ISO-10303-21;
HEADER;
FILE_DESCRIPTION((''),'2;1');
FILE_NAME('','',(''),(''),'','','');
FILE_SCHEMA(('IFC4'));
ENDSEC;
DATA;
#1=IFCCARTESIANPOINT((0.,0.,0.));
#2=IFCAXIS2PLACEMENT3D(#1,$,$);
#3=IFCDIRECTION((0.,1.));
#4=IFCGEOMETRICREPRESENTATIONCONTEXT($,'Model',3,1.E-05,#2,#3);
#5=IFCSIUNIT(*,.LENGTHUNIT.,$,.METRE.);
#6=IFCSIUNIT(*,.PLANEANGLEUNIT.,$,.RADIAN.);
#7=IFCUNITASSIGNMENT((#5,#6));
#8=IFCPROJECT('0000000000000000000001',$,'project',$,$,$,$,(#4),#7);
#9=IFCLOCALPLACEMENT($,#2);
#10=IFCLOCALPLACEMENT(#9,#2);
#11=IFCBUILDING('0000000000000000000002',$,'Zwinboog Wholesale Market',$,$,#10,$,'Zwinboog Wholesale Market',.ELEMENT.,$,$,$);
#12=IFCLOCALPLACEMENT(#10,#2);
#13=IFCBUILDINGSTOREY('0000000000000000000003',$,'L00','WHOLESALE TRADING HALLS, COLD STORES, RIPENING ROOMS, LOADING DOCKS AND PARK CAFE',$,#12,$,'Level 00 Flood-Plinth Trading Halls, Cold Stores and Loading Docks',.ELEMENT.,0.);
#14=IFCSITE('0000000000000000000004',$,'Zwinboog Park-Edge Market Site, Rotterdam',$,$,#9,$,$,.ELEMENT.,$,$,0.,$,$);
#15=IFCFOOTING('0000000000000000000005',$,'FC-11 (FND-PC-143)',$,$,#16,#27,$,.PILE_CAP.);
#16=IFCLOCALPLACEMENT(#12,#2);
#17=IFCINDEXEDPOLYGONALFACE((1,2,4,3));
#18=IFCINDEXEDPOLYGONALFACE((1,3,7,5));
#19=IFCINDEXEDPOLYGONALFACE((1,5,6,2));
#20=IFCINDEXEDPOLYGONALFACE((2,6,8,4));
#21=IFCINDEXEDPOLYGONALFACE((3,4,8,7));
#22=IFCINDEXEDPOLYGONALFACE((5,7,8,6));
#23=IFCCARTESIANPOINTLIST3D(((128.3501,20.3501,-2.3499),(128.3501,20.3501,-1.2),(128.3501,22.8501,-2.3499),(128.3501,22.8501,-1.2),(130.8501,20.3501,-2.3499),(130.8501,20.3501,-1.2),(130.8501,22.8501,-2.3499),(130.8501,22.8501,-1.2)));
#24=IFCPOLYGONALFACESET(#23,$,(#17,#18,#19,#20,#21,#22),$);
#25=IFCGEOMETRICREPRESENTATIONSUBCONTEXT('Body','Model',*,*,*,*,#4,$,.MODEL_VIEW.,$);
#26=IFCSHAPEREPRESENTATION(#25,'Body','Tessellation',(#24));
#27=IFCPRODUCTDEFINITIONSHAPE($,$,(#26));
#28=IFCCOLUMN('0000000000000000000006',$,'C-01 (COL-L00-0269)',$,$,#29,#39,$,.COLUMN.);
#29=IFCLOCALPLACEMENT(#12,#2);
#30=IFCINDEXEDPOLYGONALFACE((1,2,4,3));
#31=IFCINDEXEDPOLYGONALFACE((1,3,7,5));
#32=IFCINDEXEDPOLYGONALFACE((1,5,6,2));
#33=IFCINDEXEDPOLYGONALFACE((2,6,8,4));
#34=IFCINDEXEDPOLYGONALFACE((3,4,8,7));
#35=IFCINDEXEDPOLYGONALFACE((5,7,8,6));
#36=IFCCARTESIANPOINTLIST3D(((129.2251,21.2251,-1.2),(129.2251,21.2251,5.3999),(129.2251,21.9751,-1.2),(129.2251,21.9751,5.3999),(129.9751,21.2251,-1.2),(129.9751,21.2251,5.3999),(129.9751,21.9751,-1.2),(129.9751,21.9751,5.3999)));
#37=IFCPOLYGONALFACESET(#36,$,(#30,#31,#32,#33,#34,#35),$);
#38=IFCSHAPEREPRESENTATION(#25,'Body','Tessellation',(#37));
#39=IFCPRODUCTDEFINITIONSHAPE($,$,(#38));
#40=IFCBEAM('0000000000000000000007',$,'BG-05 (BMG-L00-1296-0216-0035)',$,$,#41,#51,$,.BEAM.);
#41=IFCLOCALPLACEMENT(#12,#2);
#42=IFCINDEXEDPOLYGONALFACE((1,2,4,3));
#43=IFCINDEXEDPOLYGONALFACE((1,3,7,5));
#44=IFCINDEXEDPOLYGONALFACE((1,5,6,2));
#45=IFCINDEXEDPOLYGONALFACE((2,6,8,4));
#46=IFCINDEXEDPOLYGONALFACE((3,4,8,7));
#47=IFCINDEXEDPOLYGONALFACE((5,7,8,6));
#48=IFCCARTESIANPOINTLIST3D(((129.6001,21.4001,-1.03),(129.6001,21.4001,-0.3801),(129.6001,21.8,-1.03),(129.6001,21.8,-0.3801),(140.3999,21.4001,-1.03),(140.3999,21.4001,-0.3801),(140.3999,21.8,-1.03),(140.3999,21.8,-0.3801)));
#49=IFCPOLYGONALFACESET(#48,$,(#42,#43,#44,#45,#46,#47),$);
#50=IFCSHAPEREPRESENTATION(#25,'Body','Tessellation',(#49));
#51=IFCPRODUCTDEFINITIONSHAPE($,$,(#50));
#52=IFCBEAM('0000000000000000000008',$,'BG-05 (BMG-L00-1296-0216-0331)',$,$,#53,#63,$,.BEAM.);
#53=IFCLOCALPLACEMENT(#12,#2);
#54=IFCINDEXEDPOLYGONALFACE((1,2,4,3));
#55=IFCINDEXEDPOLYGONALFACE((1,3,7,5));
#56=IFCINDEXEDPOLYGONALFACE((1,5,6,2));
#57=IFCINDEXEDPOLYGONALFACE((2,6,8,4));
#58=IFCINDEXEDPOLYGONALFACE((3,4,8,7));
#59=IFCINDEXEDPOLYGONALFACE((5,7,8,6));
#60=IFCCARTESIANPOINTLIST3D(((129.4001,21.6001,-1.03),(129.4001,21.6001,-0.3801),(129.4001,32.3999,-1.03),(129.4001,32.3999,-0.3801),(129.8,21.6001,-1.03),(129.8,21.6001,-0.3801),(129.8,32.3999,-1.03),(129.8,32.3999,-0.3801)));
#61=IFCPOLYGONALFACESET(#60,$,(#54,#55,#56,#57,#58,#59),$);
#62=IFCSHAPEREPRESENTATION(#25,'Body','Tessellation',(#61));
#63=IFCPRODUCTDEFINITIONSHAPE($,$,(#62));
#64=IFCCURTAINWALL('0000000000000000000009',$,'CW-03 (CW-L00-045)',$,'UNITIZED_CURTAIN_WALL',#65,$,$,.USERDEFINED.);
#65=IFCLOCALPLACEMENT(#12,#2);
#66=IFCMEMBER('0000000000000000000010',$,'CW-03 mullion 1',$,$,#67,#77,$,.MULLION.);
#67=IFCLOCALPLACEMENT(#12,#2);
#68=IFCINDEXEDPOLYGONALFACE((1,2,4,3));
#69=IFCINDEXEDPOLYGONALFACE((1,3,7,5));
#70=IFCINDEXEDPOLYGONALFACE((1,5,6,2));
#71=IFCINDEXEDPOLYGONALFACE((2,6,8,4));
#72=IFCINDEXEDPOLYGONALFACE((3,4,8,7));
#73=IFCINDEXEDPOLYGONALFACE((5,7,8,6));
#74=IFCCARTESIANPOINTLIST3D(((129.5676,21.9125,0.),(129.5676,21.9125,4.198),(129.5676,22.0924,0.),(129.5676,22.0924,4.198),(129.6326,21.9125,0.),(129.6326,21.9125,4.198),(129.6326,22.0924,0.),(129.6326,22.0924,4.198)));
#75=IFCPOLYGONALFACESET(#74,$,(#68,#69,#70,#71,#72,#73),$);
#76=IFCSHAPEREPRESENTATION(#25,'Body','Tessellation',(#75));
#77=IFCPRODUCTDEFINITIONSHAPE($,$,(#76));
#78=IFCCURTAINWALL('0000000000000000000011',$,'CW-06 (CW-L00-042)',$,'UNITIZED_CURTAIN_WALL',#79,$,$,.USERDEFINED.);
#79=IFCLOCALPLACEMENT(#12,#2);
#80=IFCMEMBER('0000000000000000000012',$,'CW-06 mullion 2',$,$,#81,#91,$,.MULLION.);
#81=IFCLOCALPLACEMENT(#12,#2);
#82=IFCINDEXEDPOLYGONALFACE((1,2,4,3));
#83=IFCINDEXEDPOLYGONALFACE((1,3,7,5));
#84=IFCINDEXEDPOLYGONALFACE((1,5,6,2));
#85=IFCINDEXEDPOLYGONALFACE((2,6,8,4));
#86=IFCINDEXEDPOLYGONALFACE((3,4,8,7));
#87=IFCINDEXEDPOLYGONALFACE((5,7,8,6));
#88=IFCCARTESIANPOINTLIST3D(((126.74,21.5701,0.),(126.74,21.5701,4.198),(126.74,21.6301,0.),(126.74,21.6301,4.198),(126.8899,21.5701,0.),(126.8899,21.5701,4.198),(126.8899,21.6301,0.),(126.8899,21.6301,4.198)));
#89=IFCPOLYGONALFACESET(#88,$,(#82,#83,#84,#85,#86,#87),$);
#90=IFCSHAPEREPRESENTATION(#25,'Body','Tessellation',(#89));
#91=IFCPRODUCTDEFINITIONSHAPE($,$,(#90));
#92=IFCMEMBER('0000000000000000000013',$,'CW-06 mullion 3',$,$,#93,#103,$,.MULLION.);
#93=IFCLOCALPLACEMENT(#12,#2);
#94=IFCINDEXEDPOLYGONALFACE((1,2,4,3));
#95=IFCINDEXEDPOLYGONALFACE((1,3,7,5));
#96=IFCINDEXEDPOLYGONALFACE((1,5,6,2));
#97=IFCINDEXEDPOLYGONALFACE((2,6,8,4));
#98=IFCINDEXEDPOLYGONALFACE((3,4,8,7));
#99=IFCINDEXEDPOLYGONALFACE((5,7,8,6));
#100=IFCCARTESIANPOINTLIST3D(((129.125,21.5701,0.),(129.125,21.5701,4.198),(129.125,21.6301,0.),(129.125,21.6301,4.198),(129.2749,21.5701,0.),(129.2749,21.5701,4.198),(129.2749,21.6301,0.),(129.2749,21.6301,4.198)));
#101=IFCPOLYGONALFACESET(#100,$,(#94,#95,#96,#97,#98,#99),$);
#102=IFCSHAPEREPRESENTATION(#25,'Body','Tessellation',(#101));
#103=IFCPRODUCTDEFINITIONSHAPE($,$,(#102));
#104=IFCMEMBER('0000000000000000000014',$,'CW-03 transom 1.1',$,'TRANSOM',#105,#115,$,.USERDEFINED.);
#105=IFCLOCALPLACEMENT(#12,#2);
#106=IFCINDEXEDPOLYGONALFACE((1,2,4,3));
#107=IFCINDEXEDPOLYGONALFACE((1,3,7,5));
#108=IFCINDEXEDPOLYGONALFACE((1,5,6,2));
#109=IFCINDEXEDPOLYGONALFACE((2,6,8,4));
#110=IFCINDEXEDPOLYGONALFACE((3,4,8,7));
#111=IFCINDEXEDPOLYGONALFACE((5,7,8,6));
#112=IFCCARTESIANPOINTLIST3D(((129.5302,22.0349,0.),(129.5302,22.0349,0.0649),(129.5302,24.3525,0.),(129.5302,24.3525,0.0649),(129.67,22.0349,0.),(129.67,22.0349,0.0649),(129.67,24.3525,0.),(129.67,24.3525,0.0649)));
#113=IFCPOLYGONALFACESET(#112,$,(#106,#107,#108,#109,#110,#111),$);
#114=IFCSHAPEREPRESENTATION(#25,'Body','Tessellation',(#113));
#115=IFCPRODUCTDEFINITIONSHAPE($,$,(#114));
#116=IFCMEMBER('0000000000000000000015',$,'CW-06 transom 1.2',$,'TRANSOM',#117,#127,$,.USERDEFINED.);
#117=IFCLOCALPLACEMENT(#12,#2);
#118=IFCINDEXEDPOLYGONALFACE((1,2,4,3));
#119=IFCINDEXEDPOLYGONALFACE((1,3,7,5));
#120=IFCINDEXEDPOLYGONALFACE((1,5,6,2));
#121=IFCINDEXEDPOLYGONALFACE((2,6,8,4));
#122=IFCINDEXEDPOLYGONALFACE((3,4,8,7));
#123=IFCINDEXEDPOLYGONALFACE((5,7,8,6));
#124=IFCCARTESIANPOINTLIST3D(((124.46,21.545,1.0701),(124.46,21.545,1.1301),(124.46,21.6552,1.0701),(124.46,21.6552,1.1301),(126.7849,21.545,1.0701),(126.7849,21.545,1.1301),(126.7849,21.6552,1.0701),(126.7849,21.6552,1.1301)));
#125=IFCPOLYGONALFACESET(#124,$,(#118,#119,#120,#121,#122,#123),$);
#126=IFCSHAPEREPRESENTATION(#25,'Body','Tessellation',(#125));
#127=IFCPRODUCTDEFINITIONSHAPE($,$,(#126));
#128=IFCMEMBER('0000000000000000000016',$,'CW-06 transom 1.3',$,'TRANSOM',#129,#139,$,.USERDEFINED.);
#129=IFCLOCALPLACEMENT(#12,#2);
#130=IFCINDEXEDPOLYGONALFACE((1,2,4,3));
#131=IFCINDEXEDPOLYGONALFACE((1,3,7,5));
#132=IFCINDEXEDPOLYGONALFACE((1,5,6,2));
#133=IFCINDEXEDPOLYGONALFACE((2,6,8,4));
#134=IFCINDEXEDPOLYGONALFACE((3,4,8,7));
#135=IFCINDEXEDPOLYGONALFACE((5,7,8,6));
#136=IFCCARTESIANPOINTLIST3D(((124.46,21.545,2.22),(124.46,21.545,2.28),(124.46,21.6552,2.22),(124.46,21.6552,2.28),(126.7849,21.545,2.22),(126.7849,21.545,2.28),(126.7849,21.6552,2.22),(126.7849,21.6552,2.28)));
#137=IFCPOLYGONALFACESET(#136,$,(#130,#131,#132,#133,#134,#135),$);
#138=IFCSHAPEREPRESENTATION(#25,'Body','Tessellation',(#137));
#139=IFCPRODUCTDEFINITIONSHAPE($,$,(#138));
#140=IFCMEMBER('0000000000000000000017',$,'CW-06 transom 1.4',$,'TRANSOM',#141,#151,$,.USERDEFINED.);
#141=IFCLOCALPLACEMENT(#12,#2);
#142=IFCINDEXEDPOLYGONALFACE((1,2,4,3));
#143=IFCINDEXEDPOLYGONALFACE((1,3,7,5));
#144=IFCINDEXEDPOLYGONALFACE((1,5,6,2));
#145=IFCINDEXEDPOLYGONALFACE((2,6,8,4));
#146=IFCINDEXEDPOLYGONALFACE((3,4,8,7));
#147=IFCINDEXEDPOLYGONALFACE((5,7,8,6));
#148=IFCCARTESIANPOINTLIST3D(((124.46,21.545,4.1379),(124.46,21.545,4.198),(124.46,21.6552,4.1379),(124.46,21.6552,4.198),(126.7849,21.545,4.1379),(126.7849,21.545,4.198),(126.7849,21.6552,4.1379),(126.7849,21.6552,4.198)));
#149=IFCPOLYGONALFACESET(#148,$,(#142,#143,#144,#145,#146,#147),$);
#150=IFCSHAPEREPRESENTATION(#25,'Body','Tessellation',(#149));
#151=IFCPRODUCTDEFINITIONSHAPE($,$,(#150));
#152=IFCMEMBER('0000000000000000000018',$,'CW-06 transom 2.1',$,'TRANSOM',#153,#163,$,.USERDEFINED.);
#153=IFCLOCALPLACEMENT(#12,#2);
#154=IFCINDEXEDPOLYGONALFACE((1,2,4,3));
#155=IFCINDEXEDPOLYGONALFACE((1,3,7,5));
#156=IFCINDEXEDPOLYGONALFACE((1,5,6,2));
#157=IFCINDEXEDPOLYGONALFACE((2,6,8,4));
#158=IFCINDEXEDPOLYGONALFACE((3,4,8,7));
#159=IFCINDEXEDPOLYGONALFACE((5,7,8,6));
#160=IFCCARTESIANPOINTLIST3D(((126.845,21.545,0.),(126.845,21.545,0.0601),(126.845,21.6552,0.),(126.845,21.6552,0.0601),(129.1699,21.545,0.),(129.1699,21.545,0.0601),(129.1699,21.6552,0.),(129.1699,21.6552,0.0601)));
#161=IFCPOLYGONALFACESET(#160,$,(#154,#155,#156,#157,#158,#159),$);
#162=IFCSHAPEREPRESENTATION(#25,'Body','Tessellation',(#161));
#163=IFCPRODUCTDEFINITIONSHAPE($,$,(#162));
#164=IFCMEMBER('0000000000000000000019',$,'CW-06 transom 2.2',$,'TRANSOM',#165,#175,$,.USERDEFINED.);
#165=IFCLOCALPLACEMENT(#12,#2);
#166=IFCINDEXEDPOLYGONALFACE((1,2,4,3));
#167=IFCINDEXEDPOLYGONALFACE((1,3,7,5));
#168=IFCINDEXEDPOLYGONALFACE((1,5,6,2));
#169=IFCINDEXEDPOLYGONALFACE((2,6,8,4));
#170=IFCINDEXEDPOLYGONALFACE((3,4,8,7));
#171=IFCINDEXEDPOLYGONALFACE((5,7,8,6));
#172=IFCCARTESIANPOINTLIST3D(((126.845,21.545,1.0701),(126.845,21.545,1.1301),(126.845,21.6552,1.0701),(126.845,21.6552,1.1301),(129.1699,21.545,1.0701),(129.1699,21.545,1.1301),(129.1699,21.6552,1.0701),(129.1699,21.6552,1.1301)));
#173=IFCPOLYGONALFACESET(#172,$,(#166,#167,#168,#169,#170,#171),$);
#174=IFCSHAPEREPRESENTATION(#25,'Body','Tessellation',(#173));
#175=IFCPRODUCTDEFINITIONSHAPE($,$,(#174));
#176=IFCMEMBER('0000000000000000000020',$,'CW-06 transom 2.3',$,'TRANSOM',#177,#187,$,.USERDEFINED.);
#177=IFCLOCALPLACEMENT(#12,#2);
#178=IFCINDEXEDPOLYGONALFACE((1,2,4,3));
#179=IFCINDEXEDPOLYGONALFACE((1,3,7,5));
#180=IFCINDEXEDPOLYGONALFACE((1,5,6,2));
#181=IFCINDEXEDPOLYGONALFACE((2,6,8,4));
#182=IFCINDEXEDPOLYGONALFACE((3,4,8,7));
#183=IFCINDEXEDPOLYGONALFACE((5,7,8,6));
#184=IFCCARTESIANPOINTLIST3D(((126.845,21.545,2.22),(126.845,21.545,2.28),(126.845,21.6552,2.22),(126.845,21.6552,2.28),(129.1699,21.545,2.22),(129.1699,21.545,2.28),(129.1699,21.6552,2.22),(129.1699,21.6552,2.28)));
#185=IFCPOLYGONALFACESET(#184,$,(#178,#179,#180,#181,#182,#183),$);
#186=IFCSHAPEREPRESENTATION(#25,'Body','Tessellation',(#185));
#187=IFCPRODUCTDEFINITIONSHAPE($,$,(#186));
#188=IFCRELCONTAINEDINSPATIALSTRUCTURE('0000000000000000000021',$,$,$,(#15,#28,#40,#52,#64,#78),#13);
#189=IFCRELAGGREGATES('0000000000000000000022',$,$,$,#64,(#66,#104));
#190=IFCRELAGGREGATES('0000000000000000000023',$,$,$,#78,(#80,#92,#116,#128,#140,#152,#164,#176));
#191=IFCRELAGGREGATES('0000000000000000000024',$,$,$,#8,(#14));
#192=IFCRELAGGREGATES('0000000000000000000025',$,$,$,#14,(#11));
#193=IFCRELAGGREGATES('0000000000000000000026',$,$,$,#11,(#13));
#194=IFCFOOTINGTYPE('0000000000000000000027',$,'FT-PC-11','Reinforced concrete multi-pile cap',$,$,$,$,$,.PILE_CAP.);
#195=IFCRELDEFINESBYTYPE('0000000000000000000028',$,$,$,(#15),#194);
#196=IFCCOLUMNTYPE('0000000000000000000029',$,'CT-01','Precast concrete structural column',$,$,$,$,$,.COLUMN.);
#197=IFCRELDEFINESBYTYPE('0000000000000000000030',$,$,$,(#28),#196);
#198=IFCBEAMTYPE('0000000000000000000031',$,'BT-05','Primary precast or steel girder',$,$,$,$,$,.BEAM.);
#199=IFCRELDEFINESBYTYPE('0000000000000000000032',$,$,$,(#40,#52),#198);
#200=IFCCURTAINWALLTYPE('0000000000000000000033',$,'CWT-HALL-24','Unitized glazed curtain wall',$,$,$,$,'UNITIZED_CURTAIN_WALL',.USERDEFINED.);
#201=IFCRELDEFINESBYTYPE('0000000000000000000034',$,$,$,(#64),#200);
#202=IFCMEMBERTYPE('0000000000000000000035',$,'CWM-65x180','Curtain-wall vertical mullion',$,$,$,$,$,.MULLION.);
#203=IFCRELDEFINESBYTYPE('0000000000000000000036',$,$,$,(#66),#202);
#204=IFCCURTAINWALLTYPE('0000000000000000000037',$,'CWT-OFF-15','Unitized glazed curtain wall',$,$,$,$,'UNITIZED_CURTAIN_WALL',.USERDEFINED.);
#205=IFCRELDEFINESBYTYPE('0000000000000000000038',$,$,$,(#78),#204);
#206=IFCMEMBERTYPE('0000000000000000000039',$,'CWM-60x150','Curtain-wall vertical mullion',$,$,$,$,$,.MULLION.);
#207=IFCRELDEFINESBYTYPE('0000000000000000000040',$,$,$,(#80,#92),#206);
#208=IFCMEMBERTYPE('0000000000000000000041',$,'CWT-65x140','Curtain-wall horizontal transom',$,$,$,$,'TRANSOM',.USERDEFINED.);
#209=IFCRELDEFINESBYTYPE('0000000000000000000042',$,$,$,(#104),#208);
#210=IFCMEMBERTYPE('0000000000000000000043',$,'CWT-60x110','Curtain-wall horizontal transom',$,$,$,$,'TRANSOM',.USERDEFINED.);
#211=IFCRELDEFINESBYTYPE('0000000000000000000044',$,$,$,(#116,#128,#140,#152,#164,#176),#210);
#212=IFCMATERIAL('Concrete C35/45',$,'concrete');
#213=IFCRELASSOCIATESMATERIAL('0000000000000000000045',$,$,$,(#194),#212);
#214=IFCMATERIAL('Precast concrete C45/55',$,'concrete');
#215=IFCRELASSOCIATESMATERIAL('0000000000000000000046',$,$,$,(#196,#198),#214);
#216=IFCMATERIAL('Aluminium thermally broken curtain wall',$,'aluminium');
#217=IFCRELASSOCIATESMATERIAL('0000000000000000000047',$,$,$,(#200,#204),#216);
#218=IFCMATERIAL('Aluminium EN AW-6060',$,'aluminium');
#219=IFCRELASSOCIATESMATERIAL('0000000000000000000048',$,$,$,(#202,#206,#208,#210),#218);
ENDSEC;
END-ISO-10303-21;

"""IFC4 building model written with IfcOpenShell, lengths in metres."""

from ifc_helpers import new_model, si_unit, direction, frame, origin, origin_2d, place, context, subcontext, project, spatial, rectangle, extrude, material, material_profile, profile_set, type_object, element, aggregate, save


model = new_model("IFC4")

# Units and contexts
model_context = context("Model", 3, precision=1e-05, world=origin(), true_north=direction((0.0, 1.0)))
body_context = subcontext(model_context, "Body", "Model", "MODEL_VIEW")
ifc_project = project(units=[si_unit("LENGTHUNIT", "METRE"), si_unit("PLANEANGLEUNIT", "RADIAN")], contexts=[model_context])

# Site, building, storey
site_placement = place(None, origin())
site = spatial("IfcSite", under=ifc_project, at=site_placement, Name="Zwinboog Park-Edge Market Site, Rotterdam", CompositionType="ELEMENT", RefElevation=0.0)
building_placement = place(site_placement, origin())
building = spatial("IfcBuilding", under=site, at=building_placement, Name="Zwinboog Wholesale Market", LongName="Zwinboog Wholesale Market", CompositionType="ELEMENT")
storey_placement = place(building_placement, origin())
storey = spatial("IfcBuildingStorey", under=building, at=storey_placement, Name="L00", Description="WHOLESALE TRADING HALLS, COLD STORES, RIPENING ROOMS, LOADING DOCKS AND PARK CAFE", LongName="Level 00 Flood-Plinth Trading Halls, Cold Stores and Loading Docks", CompositionType="ELEMENT", Elevation=0.0)

# Footing
ifc_material_1 = material(Name="Concrete C35/45", Category="concrete")
footing_type = type_object("IfcFootingType", Name="FT-PC-11", Description="Reinforced concrete multi-pile cap", PredefinedType="PILE_CAP", material=ifc_material_1)
footing_placement = place(storey_placement, frame((129.6001, 21.6001, -2.3499), z_axis=(0.0, 0.0, 1.0), x_axis=(1.0, 0.0, 0.0)))
element("IfcFooting", 1, at=footing_placement, inside=storey, type_object=footing_type, Name="FC-11 (FND-PC-143)", PredefinedType="PILE_CAP", context=body_context, shape_type="SweptSolid", body=[
    extrude(rectangle(XDim=2.5, YDim=2.5, at=origin_2d()), origin(), (0.0, 0.0, 1.0), 1.1499),
])

# Column
ifc_material_2 = material(Name="Precast concrete C45/55", Category="concrete")
ifc_material_profile_1 = material_profile(ifc_material_2, rectangle(XDim=0.75, YDim=0.75, at=origin_2d()), Name="PC 750x750")
ifc_profile_set_1 = profile_set([ifc_material_profile_1], Name="Precast concrete C45/55")
column_type = type_object("IfcColumnType", Name="CT-01", Description="Precast concrete structural column", PredefinedType="COLUMN", material=ifc_profile_set_1)
column_placement = place(storey_placement, frame((129.6001, 21.6001, -1.2), z_axis=(0.0, 0.0, 1.0), x_axis=(1.0, 0.0, 0.0)))
element("IfcColumn", 2, at=column_placement, inside=storey, type_object=column_type, Name="C-01 (COL-L00-0269)", PredefinedType="COLUMN", context=body_context, shape_type="SweptSolid", body=[
    extrude(rectangle(XDim=0.75, YDim=0.75, at=origin_2d()), origin(), (0.0, 0.0, 1.0), 6.5999),
])

# Beams
ifc_material_profile_2 = material_profile(ifc_material_2, rectangle(XDim=0.3999, YDim=0.6499, at=origin_2d()), Name="PC 400x650")
ifc_profile_set_2 = profile_set([ifc_material_profile_2], Name="Precast concrete C45/55")
beam_type = type_object("IfcBeamType", Name="BT-05", Description="Primary precast or steel girder", PredefinedType="BEAM", material=ifc_profile_set_2)
for number, where, z_axis, x_axis, name in (
    (3, (129.6001, 21.6001, -0.7051), (1.0, 0.0, 0.0), (0.0, 1.0, 0.0), "BG-05 (BMG-L00-1296-0216-0035)"),
    (4, (129.6001, 21.6001, -0.7051), (0.0, 1.0, 0.0), (-1.0, 0.0, 0.0), "BG-05 (BMG-L00-1296-0216-0331)"),
):
    element("IfcBeam", number, at=place(storey_placement, frame(where, z_axis=z_axis, x_axis=x_axis)), inside=storey, type_object=beam_type, Name=name, PredefinedType="BEAM", context=body_context, shape_type="SweptSolid", body=[
        extrude(rectangle(XDim=0.3999, YDim=0.6499, at=origin_2d()), origin(), (0.0, 0.0, 1.0), 10.7998),
    ])

# Curtain wall, member
ifc_material_3 = material(Name="Aluminium thermally broken curtain wall", Category="aluminium")
curtain_wall_type_1 = type_object("IfcCurtainWallType", Name="CWT-HALL-24", Description="Unitized glazed curtain wall", ElementType="UNITIZED_CURTAIN_WALL", PredefinedType="USERDEFINED", material=ifc_material_3)
curtain_wall_1_placement = place(storey_placement, origin())
curtain_wall_1 = element("IfcCurtainWall", 5, at=curtain_wall_1_placement, inside=storey, type_object=curtain_wall_type_1, Name="CW-03 (CW-L00-045)", ObjectType="UNITIZED_CURTAIN_WALL", PredefinedType="USERDEFINED")
ifc_material_4 = material(Name="Aluminium EN AW-6060", Category="aluminium")
ifc_material_profile_3 = material_profile(ifc_material_4, rectangle(XDim=0.0649, YDim=0.1799, at=origin_2d()), Name="AL 65x180")
ifc_profile_set_3 = profile_set([ifc_material_profile_3], Name="Aluminium EN AW-6060")
member_type_1 = type_object("IfcMemberType", Name="CWM-65x180", Description="Curtain-wall vertical mullion", PredefinedType="MULLION", material=ifc_profile_set_3)
member_1_placement = place(storey_placement, frame((129.6001, 22.0024, 0.0), z_axis=(0.0, 0.0, 1.0), x_axis=(-1.0, 0.0, 0.0)))
member_1 = element("IfcMember", 6, at=member_1_placement, type_object=member_type_1, Name="CW-03 mullion 1", PredefinedType="MULLION", context=body_context, shape_type="SweptSolid", body=[
    extrude(rectangle(XDim=0.0649, YDim=0.1799, at=origin_2d()), origin(), (0.0, 0.0, 1.0), 4.198),
])

# Curtain wall, members
curtain_wall_type_2 = type_object("IfcCurtainWallType", Name="CWT-OFF-15", Description="Unitized glazed curtain wall", ElementType="UNITIZED_CURTAIN_WALL", PredefinedType="USERDEFINED", material=ifc_material_3)
curtain_wall_2_placement = place(storey_placement, origin())
curtain_wall_2 = element("IfcCurtainWall", 7, at=curtain_wall_2_placement, inside=storey, type_object=curtain_wall_type_2, Name="CW-06 (CW-L00-042)", ObjectType="UNITIZED_CURTAIN_WALL", PredefinedType="USERDEFINED")
ifc_material_profile_4 = material_profile(ifc_material_4, rectangle(XDim=0.0601, YDim=0.1499, at=origin_2d()), Name="AL 60x150")
ifc_profile_set_4 = profile_set([ifc_material_profile_4], Name="Aluminium EN AW-6060")
member_type_2 = type_object("IfcMemberType", Name="CWM-60x150", Description="Curtain-wall vertical mullion", PredefinedType="MULLION", material=ifc_profile_set_4)
member_2_placement = place(storey_placement, frame((126.8149, 21.6001, 0.0), z_axis=(0.0, 0.0, 1.0), x_axis=(0.0, 1.0, 0.0)))
member_2 = element("IfcMember", 8, at=member_2_placement, type_object=member_type_2, Name="CW-06 mullion 2", PredefinedType="MULLION", context=body_context, shape_type="SweptSolid", body=[
    extrude(rectangle(XDim=0.0601, YDim=0.1499, at=origin_2d()), origin(), (0.0, 0.0, 1.0), 4.198),
])
member_3_placement = place(storey_placement, frame((129.2, 21.6001, 0.0), z_axis=(0.0, 0.0, 1.0), x_axis=(0.0, 1.0, 0.0)))
member_3 = element("IfcMember", 9, at=member_3_placement, type_object=member_type_2, Name="CW-06 mullion 3", PredefinedType="MULLION", context=body_context, shape_type="SweptSolid", body=[
    extrude(rectangle(XDim=0.0601, YDim=0.1499, at=origin_2d()), origin(), (0.0, 0.0, 1.0), 4.198),
])

# Members
ifc_material_profile_5 = material_profile(ifc_material_4, rectangle(XDim=0.1399, YDim=0.0649, at=origin_2d()), Name="AL 65x140")
ifc_profile_set_5 = profile_set([ifc_material_profile_5], Name="Aluminium EN AW-6060")
member_type_3 = type_object("IfcMemberType", Name="CWT-65x140", Description="Curtain-wall horizontal transom", ElementType="TRANSOM", PredefinedType="USERDEFINED", material=ifc_profile_set_5)
member_4_placement = place(storey_placement, frame((129.6001, 22.0349, 0.0325), z_axis=(0.0, 1.0, 0.0), x_axis=(-1.0, 0.0, 0.0)))
member_4 = element("IfcMember", 10, at=member_4_placement, type_object=member_type_3, Name="CW-03 transom 1.1", ObjectType="TRANSOM", PredefinedType="USERDEFINED", context=body_context, shape_type="SweptSolid", body=[
    extrude(rectangle(XDim=0.1399, YDim=0.0649, at=origin_2d()), origin(), (0.0, 0.0, 1.0), 2.3176),
])
aggregate(curtain_wall_1, [member_1, member_4])
ifc_material_profile_6 = material_profile(ifc_material_4, rectangle(XDim=0.1101, YDim=0.0601, at=origin_2d()), Name="AL 60x110")
ifc_profile_set_6 = profile_set([ifc_material_profile_6], Name="Aluminium EN AW-6060")
member_type_4 = type_object("IfcMemberType", Name="CWT-60x110", Description="Curtain-wall horizontal transom", ElementType="TRANSOM", PredefinedType="USERDEFINED", material=ifc_profile_set_6)
member_5_placement = place(storey_placement, frame((124.46, 21.6001, 1.1001), z_axis=(1.0, 0.0, 0.0), x_axis=(0.0, 1.0, 0.0)))
member_5 = element("IfcMember", 11, at=member_5_placement, type_object=member_type_4, Name="CW-06 transom 1.2", ObjectType="TRANSOM", PredefinedType="USERDEFINED", context=body_context, shape_type="SweptSolid", body=[
    extrude(rectangle(XDim=0.1101, YDim=0.0601, at=origin_2d()), origin(), (0.0, 0.0, 1.0), 2.325),
])
member_6_placement = place(storey_placement, frame((124.46, 21.6001, 2.25), z_axis=(1.0, 0.0, 0.0), x_axis=(0.0, 1.0, 0.0)))
member_6 = element("IfcMember", 12, at=member_6_placement, type_object=member_type_4, Name="CW-06 transom 1.3", ObjectType="TRANSOM", PredefinedType="USERDEFINED", context=body_context, shape_type="SweptSolid", body=[
    extrude(rectangle(XDim=0.1101, YDim=0.0601, at=origin_2d()), origin(), (0.0, 0.0, 1.0), 2.325),
])
member_7_placement = place(storey_placement, frame((124.46, 21.6001, 4.168), z_axis=(1.0, 0.0, 0.0), x_axis=(0.0, 1.0, 0.0)))
member_7 = element("IfcMember", 13, at=member_7_placement, type_object=member_type_4, Name="CW-06 transom 1.4", ObjectType="TRANSOM", PredefinedType="USERDEFINED", context=body_context, shape_type="SweptSolid", body=[
    extrude(rectangle(XDim=0.1101, YDim=0.0601, at=origin_2d()), origin(), (0.0, 0.0, 1.0), 2.325),
])
member_8_placement = place(storey_placement, frame((126.845, 21.6001, 0.03), z_axis=(1.0, 0.0, 0.0), x_axis=(0.0, 1.0, 0.0)))
member_8 = element("IfcMember", 14, at=member_8_placement, type_object=member_type_4, Name="CW-06 transom 2.1", ObjectType="TRANSOM", PredefinedType="USERDEFINED", context=body_context, shape_type="SweptSolid", body=[
    extrude(rectangle(XDim=0.1101, YDim=0.0601, at=origin_2d()), origin(), (0.0, 0.0, 1.0), 2.325),
])
member_9_placement = place(storey_placement, frame((126.845, 21.6001, 1.1001), z_axis=(1.0, 0.0, 0.0), x_axis=(0.0, 1.0, 0.0)))
member_9 = element("IfcMember", 15, at=member_9_placement, type_object=member_type_4, Name="CW-06 transom 2.2", ObjectType="TRANSOM", PredefinedType="USERDEFINED", context=body_context, shape_type="SweptSolid", body=[
    extrude(rectangle(XDim=0.1101, YDim=0.0601, at=origin_2d()), origin(), (0.0, 0.0, 1.0), 2.325),
])
member_10_placement = place(storey_placement, frame((126.845, 21.6001, 2.25), z_axis=(1.0, 0.0, 0.0), x_axis=(0.0, 1.0, 0.0)))
member_10 = element("IfcMember", 16, at=member_10_placement, type_object=member_type_4, Name="CW-06 transom 2.3", ObjectType="TRANSOM", PredefinedType="USERDEFINED", context=body_context, shape_type="SweptSolid", body=[
    extrude(rectangle(XDim=0.1101, YDim=0.0601, at=origin_2d()), origin(), (0.0, 0.0, 1.0), 2.325),
])

aggregate(curtain_wall_2, [member_2, member_3, member_5, member_6, member_7, member_8, member_9, member_10])

save(model, "model.ifc")
